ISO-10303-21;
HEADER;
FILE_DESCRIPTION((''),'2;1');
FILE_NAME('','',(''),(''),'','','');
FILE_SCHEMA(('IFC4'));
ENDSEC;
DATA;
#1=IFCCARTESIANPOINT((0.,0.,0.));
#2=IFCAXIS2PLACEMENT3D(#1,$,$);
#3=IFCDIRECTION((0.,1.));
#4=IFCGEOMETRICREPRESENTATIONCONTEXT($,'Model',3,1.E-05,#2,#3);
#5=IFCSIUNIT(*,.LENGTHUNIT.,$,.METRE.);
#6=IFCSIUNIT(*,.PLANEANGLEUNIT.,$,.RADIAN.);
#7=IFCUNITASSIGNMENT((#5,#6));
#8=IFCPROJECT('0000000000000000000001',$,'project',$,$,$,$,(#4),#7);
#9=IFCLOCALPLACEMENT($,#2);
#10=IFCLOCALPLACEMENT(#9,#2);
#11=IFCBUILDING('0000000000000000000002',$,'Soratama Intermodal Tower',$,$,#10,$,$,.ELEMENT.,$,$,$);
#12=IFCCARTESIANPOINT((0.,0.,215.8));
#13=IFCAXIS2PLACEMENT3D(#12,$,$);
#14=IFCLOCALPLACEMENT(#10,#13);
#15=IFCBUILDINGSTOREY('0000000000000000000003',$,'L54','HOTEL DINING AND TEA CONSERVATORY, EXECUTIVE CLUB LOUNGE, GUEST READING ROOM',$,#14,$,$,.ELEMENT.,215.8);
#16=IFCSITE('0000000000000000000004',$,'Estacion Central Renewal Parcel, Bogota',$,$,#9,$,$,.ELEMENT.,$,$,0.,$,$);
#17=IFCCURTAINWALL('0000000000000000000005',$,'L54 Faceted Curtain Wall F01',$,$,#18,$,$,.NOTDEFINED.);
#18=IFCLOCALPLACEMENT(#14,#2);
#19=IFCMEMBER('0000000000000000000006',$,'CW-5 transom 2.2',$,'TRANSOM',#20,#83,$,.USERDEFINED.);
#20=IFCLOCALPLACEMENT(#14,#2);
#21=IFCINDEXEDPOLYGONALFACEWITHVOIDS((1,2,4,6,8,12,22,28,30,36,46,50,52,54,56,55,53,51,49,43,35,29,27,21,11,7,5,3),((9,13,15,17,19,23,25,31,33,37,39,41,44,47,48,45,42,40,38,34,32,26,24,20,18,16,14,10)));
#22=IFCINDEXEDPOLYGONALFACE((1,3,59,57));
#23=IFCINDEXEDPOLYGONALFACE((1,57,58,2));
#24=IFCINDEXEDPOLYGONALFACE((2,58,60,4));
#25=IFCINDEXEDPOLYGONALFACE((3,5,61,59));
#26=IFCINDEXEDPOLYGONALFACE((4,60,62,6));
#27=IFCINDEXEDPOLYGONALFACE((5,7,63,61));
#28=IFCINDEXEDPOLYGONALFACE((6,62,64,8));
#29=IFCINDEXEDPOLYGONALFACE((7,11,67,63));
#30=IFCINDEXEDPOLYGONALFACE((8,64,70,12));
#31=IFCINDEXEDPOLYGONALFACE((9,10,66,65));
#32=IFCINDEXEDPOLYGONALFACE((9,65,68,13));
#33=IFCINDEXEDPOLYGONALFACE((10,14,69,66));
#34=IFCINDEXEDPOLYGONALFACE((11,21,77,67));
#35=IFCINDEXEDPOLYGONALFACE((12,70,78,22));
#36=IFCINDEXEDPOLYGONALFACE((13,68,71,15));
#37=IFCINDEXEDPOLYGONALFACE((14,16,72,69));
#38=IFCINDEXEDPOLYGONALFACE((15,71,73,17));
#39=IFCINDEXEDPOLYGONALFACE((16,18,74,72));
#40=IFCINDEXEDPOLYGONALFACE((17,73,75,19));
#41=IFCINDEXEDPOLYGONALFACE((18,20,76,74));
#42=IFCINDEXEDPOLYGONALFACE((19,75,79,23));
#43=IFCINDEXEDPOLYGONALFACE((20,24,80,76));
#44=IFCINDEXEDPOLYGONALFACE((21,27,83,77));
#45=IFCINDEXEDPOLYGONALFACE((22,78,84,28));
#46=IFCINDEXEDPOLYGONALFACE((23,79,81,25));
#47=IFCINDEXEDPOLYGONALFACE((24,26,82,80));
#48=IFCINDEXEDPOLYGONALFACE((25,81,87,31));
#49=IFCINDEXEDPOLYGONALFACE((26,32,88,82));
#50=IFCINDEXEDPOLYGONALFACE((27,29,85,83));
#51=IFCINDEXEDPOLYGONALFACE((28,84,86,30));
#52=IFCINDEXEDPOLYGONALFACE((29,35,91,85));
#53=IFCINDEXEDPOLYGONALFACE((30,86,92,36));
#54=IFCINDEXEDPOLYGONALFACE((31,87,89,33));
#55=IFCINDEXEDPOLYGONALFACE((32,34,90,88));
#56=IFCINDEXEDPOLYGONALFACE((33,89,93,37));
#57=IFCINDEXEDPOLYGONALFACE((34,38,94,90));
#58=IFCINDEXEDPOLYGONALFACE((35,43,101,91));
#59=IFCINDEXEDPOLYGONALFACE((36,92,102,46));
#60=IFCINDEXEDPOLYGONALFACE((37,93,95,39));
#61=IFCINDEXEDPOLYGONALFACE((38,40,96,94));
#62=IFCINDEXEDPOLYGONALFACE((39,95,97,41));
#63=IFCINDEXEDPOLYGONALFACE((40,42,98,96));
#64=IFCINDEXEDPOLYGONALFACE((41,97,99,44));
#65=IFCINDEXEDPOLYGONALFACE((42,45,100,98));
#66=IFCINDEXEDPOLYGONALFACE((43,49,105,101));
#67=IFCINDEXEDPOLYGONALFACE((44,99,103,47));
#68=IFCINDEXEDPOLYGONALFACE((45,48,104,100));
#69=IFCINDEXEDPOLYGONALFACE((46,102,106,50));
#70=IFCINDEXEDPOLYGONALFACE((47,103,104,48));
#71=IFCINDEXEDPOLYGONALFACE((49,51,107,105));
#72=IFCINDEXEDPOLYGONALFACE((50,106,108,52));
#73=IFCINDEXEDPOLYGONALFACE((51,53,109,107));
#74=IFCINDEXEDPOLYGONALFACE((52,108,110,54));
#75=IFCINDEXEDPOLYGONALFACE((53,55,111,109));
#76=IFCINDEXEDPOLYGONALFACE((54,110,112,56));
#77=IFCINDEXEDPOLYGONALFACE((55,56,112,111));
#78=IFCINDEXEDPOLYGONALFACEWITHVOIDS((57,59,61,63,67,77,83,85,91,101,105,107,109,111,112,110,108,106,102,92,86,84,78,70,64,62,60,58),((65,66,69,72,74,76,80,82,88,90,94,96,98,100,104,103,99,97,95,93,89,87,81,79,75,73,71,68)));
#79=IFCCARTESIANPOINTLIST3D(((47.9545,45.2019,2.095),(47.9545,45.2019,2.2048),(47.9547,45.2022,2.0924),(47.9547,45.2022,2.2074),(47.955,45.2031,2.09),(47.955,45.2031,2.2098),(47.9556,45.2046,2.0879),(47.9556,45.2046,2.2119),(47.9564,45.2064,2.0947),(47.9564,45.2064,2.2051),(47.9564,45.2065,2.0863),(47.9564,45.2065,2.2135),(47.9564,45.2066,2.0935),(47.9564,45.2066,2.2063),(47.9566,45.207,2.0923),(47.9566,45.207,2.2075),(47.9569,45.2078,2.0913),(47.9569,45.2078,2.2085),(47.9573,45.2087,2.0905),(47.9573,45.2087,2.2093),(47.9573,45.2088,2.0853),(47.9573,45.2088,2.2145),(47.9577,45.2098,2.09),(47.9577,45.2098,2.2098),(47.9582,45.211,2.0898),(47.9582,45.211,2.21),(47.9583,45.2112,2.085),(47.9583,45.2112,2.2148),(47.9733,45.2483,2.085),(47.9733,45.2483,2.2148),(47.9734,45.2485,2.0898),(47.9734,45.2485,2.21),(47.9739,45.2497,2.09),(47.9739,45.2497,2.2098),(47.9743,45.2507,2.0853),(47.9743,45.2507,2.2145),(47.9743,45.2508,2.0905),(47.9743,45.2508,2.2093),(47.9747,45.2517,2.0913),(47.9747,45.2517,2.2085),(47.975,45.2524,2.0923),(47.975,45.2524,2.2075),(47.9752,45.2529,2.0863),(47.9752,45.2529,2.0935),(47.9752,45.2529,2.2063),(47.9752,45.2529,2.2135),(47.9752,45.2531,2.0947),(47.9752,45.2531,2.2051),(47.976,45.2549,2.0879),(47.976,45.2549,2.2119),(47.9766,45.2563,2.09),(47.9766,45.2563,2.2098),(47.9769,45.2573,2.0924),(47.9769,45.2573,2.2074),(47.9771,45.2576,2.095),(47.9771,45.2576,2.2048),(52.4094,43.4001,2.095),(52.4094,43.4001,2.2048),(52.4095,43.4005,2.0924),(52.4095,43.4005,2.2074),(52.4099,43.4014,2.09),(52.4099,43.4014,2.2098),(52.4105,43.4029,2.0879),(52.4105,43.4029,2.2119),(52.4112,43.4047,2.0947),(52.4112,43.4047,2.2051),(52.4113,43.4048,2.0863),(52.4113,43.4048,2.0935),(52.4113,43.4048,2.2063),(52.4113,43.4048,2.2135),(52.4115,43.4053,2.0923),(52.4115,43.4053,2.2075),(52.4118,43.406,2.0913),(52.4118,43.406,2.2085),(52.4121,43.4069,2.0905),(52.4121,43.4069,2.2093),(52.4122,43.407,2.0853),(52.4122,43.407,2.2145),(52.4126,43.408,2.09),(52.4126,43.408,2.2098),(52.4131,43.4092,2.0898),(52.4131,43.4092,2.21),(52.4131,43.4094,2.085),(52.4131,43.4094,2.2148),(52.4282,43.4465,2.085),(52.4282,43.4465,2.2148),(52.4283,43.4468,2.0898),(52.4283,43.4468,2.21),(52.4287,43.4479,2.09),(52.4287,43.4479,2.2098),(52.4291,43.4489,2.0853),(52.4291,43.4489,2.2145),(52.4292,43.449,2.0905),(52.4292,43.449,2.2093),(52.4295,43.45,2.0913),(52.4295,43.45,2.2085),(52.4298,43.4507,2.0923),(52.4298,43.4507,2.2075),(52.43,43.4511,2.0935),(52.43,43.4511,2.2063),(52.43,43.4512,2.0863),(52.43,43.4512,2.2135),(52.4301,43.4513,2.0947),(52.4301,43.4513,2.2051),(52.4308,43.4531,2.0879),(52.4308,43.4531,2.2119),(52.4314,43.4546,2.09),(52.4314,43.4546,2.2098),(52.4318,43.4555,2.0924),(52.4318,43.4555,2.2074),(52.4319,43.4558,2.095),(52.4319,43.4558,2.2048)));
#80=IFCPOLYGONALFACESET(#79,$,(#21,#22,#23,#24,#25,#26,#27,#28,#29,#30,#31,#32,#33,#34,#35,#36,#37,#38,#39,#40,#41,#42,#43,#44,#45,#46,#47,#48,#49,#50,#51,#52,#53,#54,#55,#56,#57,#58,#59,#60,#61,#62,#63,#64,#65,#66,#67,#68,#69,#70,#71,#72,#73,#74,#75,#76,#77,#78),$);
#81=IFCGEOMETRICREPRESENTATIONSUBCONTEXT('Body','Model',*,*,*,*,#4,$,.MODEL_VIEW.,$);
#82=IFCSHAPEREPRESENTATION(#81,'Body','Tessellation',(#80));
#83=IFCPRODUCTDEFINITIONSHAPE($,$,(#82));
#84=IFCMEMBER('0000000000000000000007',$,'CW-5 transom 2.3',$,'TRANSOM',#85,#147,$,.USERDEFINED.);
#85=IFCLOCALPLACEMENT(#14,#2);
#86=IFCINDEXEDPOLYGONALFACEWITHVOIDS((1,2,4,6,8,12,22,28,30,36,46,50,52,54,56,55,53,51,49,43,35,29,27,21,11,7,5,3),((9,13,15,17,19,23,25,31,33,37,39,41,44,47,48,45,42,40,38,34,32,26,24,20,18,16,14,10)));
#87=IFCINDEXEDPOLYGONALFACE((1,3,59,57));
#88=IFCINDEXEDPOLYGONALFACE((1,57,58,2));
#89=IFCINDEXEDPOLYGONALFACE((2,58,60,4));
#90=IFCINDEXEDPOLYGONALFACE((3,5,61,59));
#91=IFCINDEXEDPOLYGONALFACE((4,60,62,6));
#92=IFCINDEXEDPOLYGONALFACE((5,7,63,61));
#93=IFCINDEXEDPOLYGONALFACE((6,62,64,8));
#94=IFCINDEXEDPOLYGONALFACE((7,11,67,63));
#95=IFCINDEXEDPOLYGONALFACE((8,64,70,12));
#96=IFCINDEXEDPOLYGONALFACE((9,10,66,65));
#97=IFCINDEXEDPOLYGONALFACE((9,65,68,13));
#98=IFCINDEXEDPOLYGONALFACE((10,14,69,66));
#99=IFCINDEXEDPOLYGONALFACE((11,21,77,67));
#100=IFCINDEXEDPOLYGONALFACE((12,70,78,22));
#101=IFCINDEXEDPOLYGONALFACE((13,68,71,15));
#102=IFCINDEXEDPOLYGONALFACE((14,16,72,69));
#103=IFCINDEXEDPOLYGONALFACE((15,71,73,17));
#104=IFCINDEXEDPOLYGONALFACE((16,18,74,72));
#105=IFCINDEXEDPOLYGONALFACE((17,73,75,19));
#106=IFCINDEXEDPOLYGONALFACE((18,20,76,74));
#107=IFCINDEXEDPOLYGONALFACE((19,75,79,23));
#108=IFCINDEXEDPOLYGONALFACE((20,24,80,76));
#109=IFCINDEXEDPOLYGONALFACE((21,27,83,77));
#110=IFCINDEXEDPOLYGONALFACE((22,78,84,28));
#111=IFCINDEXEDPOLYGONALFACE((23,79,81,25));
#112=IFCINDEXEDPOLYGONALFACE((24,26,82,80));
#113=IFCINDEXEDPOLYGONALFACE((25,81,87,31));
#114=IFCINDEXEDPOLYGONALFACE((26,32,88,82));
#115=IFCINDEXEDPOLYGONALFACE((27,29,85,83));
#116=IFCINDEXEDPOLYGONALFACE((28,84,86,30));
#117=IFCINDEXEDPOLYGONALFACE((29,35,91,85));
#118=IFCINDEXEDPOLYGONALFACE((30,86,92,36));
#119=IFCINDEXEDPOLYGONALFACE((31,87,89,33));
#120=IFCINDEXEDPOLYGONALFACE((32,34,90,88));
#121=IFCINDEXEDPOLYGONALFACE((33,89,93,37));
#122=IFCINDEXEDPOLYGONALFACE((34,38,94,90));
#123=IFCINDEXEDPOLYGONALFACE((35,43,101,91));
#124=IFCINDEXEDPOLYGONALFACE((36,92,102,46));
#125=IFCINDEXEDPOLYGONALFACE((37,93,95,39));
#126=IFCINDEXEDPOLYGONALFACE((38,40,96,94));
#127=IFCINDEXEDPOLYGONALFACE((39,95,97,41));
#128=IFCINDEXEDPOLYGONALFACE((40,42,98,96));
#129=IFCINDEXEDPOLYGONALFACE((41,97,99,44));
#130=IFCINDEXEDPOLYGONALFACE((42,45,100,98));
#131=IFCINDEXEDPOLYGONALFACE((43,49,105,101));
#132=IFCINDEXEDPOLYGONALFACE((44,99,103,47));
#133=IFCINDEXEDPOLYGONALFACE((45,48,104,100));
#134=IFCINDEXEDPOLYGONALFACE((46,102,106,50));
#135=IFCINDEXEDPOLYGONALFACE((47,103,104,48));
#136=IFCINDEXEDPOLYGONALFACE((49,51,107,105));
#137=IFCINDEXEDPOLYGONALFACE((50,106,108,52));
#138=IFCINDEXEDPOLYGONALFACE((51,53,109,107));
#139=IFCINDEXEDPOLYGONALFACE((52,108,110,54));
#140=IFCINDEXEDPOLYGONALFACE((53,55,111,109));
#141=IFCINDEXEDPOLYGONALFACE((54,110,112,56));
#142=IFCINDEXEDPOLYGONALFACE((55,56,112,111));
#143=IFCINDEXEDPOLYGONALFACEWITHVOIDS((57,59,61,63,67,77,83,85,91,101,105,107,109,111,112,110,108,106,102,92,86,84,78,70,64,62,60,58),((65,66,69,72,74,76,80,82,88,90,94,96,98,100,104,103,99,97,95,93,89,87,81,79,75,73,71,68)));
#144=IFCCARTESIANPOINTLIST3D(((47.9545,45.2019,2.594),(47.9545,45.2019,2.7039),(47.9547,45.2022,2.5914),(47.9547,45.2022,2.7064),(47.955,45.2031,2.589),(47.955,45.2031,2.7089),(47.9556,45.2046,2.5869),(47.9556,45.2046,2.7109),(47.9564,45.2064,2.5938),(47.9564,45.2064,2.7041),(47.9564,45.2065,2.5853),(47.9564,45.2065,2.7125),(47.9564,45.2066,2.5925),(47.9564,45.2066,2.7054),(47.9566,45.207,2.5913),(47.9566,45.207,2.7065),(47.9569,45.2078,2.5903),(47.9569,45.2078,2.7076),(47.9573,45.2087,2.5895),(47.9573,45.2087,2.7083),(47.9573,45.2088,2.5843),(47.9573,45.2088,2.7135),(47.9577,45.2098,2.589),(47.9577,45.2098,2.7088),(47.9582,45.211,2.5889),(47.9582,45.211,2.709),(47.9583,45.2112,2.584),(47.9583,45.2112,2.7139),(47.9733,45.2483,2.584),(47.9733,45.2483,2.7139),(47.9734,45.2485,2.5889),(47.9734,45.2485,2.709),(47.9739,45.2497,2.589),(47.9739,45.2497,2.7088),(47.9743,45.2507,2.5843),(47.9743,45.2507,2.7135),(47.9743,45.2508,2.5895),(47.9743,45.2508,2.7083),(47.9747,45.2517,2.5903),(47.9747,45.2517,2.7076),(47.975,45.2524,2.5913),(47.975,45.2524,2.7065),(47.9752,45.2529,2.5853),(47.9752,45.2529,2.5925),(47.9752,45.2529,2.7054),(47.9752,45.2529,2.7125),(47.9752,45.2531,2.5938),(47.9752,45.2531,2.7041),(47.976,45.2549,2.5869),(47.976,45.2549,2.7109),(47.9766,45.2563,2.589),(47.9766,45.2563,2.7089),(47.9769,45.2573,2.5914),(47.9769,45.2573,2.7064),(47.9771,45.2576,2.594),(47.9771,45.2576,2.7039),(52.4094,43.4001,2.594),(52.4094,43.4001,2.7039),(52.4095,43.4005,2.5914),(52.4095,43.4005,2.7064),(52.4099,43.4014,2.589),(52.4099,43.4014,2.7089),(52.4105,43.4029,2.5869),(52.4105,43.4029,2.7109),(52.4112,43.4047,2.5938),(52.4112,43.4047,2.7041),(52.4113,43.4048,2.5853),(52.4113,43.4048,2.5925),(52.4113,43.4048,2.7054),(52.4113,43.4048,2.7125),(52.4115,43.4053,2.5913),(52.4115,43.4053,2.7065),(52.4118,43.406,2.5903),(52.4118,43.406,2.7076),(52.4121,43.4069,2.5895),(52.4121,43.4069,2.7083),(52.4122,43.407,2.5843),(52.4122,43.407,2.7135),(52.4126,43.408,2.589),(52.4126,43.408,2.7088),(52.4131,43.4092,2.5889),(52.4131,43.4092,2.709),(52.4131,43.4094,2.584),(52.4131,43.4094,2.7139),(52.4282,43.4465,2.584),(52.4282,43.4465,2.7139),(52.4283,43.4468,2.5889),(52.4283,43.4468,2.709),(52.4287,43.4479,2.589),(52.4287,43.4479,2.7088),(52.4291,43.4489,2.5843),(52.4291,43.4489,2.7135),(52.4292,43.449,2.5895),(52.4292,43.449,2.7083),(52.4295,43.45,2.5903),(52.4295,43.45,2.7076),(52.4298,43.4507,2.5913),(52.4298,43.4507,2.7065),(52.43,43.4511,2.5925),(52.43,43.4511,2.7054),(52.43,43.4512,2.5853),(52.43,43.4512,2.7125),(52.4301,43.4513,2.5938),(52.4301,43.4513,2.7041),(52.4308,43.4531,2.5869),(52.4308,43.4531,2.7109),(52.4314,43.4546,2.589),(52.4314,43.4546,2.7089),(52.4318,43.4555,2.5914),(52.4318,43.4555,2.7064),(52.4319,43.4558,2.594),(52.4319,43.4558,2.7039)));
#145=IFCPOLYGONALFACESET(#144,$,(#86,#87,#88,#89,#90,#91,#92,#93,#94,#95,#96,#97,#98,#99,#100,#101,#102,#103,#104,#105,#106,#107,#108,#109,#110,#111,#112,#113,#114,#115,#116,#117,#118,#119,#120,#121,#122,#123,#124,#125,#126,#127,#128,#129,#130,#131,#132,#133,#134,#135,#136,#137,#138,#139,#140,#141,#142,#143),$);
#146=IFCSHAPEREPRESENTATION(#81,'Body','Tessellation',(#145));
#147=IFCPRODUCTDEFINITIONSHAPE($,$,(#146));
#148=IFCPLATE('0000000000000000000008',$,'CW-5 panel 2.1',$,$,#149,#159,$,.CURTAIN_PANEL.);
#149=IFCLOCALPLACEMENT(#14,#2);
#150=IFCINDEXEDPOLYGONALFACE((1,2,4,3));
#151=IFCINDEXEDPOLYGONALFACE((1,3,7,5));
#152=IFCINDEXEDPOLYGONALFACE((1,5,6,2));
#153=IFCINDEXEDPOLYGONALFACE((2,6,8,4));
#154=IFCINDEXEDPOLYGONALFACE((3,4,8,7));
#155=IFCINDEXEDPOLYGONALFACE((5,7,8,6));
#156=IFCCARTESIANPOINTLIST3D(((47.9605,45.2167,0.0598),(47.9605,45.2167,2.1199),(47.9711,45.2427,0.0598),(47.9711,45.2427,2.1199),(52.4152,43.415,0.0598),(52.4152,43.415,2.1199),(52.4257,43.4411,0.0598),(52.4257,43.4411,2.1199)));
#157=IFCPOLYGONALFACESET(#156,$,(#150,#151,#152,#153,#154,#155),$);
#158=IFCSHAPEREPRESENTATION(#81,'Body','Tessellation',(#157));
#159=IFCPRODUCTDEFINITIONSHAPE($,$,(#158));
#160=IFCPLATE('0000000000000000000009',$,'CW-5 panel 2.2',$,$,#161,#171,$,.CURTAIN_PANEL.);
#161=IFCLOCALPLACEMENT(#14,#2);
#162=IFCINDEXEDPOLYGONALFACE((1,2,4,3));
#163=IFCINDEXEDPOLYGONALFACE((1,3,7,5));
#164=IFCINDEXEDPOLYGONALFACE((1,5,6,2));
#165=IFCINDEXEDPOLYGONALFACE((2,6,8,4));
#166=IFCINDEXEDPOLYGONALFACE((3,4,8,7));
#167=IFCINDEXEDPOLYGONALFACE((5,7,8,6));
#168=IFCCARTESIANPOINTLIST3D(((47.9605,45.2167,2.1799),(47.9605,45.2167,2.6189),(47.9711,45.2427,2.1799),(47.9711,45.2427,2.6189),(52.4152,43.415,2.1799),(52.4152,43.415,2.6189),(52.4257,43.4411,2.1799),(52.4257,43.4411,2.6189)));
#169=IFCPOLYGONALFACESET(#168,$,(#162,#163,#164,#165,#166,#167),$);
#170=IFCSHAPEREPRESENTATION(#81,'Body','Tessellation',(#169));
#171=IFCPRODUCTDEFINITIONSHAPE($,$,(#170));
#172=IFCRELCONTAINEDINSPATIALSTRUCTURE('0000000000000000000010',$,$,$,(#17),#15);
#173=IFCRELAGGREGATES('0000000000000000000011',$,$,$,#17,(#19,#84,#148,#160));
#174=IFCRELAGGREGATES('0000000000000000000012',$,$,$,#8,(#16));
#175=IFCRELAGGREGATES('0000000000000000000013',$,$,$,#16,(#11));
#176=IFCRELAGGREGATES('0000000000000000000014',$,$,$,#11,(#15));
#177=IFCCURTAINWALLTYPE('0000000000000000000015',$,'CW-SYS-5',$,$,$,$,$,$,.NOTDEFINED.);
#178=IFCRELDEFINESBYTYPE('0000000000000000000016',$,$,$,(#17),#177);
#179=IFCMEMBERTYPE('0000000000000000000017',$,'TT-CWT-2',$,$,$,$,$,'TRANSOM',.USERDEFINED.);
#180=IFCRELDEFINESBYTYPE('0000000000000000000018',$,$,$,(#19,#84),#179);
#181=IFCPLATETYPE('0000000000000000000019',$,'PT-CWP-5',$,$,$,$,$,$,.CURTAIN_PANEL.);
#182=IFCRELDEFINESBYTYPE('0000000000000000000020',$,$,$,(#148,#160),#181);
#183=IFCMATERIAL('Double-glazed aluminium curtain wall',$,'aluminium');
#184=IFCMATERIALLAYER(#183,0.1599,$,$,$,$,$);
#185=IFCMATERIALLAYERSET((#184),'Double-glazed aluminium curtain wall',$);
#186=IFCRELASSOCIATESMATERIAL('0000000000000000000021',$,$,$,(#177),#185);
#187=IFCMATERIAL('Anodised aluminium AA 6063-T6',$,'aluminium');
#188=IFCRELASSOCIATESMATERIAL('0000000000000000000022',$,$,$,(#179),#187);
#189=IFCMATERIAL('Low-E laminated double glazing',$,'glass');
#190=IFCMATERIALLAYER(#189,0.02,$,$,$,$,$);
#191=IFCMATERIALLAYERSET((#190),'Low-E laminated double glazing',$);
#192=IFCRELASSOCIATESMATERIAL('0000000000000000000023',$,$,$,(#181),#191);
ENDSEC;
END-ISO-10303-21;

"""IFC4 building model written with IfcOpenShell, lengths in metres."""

from ifc_helpers import new_model, si_unit, direction, frame, origin, origin_2d, place, context, subcontext, project, spatial, rectangle, hollow_rectangle, extrude, material, layer, layer_set, material_profile, profile_set, type_object, element, aggregate, save


model = new_model("IFC4")

# Units and contexts
model_context = context("Model", 3, precision=1e-05, world=origin(), true_north=direction((0.0, 1.0)))
body_context = subcontext(model_context, "Body", "Model", "MODEL_VIEW")
ifc_project = project(units=[si_unit("LENGTHUNIT", "METRE"), si_unit("PLANEANGLEUNIT", "RADIAN")], contexts=[model_context])

# Site, building, storey
site_placement = place(None, origin())
site = spatial("IfcSite", under=ifc_project, at=site_placement, Name="Estacion Central Renewal Parcel, Bogota", CompositionType="ELEMENT", RefElevation=0.0)
building_placement = place(site_placement, origin())
building = spatial("IfcBuilding", under=site, at=building_placement, Name="Soratama Intermodal Tower", CompositionType="ELEMENT")
storey_placement = place(building_placement, frame((0.0, 0.0, 215.8)))
storey = spatial("IfcBuildingStorey", under=building, at=storey_placement, Name="L54", Description="HOTEL DINING AND TEA CONSERVATORY, EXECUTIVE CLUB LOUNGE, GUEST READING ROOM", CompositionType="ELEMENT", Elevation=215.8)

# Curtain wall, members, plates
ifc_material_1 = material(Name="Double-glazed aluminium curtain wall", Category="aluminium")
ifc_layer_1 = layer(ifc_material_1, 0.1599)
ifc_layer_set_1 = layer_set([ifc_layer_1], Name="Double-glazed aluminium curtain wall")
curtain_wall_type = type_object("IfcCurtainWallType", Name="CW-SYS-5", PredefinedType="NOTDEFINED", material=ifc_layer_set_1)
curtain_wall_placement = place(storey_placement, origin())
curtain_wall = element("IfcCurtainWall", 1, at=curtain_wall_placement, inside=storey, type_object=curtain_wall_type, Name="L54 Faceted Curtain Wall F01", PredefinedType="NOTDEFINED")
ifc_material_2 = material(Name="Anodised aluminium AA 6063-T6", Category="aluminium")
ifc_material_profile_1 = material_profile(ifc_material_2, hollow_rectangle(XDim=0.0601, YDim=0.1299, WallThickness=0.0049, InnerFilletRadius=0.0049, OuterFilletRadius=0.01, at=origin_2d()), Name="CWT130X60X5")
ifc_profile_set_1 = profile_set([ifc_material_profile_1], Name="Anodised aluminium AA 6063-T6")
member_type_1 = type_object("IfcMemberType", Name="TT-CWT-2", ElementType="TRANSOM", PredefinedType="USERDEFINED", material=ifc_profile_set_1)
member_1_placement = place(storey_placement, frame((52.4207, 43.428, 2.1499), z_axis=(-0.927047, 0.374944, 0.0), x_axis=(-0.374944, -0.927047, 0.0)))
member_1 = element("IfcMember", 2, at=member_1_placement, type_object=member_type_1, Name="CW-5 transom 2.2", ObjectType="TRANSOM", PredefinedType="USERDEFINED", context=body_context, shape_type="SweptSolid", body=[
    extrude(hollow_rectangle(XDim=0.0601, YDim=0.1299, WallThickness=0.0049, InnerFilletRadius=0.0049, OuterFilletRadius=0.01, at=origin_2d()), origin(), (0.0, 0.0, 1.0), 4.8054),
])
member_2_placement = place(storey_placement, frame((52.4207, 43.428, 2.6489), z_axis=(-0.927047, 0.374944, 0.0), x_axis=(-0.374944, -0.927047, 0.0)))
member_2 = element("IfcMember", 3, at=member_2_placement, type_object=member_type_1, Name="CW-5 transom 2.3", ObjectType="TRANSOM", PredefinedType="USERDEFINED", context=body_context, shape_type="SweptSolid", body=[
    extrude(hollow_rectangle(XDim=0.0601, YDim=0.1299, WallThickness=0.0049, InnerFilletRadius=0.0049, OuterFilletRadius=0.01, at=origin_2d()), origin(), (0.0, 0.0, 1.0), 4.8054),
])
ifc_material_3 = material(Name="Low-E laminated double glazing", Category="glass")
ifc_layer_2 = layer(ifc_material_3, 0.02)
ifc_layer_set_2 = layer_set([ifc_layer_2], Name="Low-E laminated double glazing")
plate_type = type_object("IfcPlateType", Name="PT-CWP-5", PredefinedType="CURTAIN_PANEL", material=ifc_layer_set_2)
plate_1_placement = place(storey_placement, frame((50.1931, 44.3289, 0.0598), z_axis=(0.0, 0.0, 1.0), x_axis=(-0.927051, 0.374935, 0.0)))
plate_1 = element("IfcPlate", 4, at=plate_1_placement, type_object=plate_type, Name="CW-5 panel 2.1", PredefinedType="CURTAIN_PANEL", context=body_context, shape_type="SweptSolid", body=[
    extrude(rectangle(XDim=4.8052, YDim=0.0281, at=origin_2d()), origin(), (0.0, 0.0, 1.0), 2.0601),
])
plate_2_placement = place(storey_placement, frame((50.1931, 44.3289, 2.1799), z_axis=(0.0, 0.0, 1.0), x_axis=(-0.927051, 0.374935, 0.0)))
plate_2 = element("IfcPlate", 5, at=plate_2_placement, type_object=plate_type, Name="CW-5 panel 2.2", PredefinedType="CURTAIN_PANEL", context=body_context, shape_type="SweptSolid", body=[
    extrude(rectangle(XDim=4.8052, YDim=0.0281, at=origin_2d()), origin(), (0.0, 0.0, 1.0), 0.439),
])
aggregate(curtain_wall, [member_1, member_2, plate_1, plate_2])

save(model, "model.ifc")
